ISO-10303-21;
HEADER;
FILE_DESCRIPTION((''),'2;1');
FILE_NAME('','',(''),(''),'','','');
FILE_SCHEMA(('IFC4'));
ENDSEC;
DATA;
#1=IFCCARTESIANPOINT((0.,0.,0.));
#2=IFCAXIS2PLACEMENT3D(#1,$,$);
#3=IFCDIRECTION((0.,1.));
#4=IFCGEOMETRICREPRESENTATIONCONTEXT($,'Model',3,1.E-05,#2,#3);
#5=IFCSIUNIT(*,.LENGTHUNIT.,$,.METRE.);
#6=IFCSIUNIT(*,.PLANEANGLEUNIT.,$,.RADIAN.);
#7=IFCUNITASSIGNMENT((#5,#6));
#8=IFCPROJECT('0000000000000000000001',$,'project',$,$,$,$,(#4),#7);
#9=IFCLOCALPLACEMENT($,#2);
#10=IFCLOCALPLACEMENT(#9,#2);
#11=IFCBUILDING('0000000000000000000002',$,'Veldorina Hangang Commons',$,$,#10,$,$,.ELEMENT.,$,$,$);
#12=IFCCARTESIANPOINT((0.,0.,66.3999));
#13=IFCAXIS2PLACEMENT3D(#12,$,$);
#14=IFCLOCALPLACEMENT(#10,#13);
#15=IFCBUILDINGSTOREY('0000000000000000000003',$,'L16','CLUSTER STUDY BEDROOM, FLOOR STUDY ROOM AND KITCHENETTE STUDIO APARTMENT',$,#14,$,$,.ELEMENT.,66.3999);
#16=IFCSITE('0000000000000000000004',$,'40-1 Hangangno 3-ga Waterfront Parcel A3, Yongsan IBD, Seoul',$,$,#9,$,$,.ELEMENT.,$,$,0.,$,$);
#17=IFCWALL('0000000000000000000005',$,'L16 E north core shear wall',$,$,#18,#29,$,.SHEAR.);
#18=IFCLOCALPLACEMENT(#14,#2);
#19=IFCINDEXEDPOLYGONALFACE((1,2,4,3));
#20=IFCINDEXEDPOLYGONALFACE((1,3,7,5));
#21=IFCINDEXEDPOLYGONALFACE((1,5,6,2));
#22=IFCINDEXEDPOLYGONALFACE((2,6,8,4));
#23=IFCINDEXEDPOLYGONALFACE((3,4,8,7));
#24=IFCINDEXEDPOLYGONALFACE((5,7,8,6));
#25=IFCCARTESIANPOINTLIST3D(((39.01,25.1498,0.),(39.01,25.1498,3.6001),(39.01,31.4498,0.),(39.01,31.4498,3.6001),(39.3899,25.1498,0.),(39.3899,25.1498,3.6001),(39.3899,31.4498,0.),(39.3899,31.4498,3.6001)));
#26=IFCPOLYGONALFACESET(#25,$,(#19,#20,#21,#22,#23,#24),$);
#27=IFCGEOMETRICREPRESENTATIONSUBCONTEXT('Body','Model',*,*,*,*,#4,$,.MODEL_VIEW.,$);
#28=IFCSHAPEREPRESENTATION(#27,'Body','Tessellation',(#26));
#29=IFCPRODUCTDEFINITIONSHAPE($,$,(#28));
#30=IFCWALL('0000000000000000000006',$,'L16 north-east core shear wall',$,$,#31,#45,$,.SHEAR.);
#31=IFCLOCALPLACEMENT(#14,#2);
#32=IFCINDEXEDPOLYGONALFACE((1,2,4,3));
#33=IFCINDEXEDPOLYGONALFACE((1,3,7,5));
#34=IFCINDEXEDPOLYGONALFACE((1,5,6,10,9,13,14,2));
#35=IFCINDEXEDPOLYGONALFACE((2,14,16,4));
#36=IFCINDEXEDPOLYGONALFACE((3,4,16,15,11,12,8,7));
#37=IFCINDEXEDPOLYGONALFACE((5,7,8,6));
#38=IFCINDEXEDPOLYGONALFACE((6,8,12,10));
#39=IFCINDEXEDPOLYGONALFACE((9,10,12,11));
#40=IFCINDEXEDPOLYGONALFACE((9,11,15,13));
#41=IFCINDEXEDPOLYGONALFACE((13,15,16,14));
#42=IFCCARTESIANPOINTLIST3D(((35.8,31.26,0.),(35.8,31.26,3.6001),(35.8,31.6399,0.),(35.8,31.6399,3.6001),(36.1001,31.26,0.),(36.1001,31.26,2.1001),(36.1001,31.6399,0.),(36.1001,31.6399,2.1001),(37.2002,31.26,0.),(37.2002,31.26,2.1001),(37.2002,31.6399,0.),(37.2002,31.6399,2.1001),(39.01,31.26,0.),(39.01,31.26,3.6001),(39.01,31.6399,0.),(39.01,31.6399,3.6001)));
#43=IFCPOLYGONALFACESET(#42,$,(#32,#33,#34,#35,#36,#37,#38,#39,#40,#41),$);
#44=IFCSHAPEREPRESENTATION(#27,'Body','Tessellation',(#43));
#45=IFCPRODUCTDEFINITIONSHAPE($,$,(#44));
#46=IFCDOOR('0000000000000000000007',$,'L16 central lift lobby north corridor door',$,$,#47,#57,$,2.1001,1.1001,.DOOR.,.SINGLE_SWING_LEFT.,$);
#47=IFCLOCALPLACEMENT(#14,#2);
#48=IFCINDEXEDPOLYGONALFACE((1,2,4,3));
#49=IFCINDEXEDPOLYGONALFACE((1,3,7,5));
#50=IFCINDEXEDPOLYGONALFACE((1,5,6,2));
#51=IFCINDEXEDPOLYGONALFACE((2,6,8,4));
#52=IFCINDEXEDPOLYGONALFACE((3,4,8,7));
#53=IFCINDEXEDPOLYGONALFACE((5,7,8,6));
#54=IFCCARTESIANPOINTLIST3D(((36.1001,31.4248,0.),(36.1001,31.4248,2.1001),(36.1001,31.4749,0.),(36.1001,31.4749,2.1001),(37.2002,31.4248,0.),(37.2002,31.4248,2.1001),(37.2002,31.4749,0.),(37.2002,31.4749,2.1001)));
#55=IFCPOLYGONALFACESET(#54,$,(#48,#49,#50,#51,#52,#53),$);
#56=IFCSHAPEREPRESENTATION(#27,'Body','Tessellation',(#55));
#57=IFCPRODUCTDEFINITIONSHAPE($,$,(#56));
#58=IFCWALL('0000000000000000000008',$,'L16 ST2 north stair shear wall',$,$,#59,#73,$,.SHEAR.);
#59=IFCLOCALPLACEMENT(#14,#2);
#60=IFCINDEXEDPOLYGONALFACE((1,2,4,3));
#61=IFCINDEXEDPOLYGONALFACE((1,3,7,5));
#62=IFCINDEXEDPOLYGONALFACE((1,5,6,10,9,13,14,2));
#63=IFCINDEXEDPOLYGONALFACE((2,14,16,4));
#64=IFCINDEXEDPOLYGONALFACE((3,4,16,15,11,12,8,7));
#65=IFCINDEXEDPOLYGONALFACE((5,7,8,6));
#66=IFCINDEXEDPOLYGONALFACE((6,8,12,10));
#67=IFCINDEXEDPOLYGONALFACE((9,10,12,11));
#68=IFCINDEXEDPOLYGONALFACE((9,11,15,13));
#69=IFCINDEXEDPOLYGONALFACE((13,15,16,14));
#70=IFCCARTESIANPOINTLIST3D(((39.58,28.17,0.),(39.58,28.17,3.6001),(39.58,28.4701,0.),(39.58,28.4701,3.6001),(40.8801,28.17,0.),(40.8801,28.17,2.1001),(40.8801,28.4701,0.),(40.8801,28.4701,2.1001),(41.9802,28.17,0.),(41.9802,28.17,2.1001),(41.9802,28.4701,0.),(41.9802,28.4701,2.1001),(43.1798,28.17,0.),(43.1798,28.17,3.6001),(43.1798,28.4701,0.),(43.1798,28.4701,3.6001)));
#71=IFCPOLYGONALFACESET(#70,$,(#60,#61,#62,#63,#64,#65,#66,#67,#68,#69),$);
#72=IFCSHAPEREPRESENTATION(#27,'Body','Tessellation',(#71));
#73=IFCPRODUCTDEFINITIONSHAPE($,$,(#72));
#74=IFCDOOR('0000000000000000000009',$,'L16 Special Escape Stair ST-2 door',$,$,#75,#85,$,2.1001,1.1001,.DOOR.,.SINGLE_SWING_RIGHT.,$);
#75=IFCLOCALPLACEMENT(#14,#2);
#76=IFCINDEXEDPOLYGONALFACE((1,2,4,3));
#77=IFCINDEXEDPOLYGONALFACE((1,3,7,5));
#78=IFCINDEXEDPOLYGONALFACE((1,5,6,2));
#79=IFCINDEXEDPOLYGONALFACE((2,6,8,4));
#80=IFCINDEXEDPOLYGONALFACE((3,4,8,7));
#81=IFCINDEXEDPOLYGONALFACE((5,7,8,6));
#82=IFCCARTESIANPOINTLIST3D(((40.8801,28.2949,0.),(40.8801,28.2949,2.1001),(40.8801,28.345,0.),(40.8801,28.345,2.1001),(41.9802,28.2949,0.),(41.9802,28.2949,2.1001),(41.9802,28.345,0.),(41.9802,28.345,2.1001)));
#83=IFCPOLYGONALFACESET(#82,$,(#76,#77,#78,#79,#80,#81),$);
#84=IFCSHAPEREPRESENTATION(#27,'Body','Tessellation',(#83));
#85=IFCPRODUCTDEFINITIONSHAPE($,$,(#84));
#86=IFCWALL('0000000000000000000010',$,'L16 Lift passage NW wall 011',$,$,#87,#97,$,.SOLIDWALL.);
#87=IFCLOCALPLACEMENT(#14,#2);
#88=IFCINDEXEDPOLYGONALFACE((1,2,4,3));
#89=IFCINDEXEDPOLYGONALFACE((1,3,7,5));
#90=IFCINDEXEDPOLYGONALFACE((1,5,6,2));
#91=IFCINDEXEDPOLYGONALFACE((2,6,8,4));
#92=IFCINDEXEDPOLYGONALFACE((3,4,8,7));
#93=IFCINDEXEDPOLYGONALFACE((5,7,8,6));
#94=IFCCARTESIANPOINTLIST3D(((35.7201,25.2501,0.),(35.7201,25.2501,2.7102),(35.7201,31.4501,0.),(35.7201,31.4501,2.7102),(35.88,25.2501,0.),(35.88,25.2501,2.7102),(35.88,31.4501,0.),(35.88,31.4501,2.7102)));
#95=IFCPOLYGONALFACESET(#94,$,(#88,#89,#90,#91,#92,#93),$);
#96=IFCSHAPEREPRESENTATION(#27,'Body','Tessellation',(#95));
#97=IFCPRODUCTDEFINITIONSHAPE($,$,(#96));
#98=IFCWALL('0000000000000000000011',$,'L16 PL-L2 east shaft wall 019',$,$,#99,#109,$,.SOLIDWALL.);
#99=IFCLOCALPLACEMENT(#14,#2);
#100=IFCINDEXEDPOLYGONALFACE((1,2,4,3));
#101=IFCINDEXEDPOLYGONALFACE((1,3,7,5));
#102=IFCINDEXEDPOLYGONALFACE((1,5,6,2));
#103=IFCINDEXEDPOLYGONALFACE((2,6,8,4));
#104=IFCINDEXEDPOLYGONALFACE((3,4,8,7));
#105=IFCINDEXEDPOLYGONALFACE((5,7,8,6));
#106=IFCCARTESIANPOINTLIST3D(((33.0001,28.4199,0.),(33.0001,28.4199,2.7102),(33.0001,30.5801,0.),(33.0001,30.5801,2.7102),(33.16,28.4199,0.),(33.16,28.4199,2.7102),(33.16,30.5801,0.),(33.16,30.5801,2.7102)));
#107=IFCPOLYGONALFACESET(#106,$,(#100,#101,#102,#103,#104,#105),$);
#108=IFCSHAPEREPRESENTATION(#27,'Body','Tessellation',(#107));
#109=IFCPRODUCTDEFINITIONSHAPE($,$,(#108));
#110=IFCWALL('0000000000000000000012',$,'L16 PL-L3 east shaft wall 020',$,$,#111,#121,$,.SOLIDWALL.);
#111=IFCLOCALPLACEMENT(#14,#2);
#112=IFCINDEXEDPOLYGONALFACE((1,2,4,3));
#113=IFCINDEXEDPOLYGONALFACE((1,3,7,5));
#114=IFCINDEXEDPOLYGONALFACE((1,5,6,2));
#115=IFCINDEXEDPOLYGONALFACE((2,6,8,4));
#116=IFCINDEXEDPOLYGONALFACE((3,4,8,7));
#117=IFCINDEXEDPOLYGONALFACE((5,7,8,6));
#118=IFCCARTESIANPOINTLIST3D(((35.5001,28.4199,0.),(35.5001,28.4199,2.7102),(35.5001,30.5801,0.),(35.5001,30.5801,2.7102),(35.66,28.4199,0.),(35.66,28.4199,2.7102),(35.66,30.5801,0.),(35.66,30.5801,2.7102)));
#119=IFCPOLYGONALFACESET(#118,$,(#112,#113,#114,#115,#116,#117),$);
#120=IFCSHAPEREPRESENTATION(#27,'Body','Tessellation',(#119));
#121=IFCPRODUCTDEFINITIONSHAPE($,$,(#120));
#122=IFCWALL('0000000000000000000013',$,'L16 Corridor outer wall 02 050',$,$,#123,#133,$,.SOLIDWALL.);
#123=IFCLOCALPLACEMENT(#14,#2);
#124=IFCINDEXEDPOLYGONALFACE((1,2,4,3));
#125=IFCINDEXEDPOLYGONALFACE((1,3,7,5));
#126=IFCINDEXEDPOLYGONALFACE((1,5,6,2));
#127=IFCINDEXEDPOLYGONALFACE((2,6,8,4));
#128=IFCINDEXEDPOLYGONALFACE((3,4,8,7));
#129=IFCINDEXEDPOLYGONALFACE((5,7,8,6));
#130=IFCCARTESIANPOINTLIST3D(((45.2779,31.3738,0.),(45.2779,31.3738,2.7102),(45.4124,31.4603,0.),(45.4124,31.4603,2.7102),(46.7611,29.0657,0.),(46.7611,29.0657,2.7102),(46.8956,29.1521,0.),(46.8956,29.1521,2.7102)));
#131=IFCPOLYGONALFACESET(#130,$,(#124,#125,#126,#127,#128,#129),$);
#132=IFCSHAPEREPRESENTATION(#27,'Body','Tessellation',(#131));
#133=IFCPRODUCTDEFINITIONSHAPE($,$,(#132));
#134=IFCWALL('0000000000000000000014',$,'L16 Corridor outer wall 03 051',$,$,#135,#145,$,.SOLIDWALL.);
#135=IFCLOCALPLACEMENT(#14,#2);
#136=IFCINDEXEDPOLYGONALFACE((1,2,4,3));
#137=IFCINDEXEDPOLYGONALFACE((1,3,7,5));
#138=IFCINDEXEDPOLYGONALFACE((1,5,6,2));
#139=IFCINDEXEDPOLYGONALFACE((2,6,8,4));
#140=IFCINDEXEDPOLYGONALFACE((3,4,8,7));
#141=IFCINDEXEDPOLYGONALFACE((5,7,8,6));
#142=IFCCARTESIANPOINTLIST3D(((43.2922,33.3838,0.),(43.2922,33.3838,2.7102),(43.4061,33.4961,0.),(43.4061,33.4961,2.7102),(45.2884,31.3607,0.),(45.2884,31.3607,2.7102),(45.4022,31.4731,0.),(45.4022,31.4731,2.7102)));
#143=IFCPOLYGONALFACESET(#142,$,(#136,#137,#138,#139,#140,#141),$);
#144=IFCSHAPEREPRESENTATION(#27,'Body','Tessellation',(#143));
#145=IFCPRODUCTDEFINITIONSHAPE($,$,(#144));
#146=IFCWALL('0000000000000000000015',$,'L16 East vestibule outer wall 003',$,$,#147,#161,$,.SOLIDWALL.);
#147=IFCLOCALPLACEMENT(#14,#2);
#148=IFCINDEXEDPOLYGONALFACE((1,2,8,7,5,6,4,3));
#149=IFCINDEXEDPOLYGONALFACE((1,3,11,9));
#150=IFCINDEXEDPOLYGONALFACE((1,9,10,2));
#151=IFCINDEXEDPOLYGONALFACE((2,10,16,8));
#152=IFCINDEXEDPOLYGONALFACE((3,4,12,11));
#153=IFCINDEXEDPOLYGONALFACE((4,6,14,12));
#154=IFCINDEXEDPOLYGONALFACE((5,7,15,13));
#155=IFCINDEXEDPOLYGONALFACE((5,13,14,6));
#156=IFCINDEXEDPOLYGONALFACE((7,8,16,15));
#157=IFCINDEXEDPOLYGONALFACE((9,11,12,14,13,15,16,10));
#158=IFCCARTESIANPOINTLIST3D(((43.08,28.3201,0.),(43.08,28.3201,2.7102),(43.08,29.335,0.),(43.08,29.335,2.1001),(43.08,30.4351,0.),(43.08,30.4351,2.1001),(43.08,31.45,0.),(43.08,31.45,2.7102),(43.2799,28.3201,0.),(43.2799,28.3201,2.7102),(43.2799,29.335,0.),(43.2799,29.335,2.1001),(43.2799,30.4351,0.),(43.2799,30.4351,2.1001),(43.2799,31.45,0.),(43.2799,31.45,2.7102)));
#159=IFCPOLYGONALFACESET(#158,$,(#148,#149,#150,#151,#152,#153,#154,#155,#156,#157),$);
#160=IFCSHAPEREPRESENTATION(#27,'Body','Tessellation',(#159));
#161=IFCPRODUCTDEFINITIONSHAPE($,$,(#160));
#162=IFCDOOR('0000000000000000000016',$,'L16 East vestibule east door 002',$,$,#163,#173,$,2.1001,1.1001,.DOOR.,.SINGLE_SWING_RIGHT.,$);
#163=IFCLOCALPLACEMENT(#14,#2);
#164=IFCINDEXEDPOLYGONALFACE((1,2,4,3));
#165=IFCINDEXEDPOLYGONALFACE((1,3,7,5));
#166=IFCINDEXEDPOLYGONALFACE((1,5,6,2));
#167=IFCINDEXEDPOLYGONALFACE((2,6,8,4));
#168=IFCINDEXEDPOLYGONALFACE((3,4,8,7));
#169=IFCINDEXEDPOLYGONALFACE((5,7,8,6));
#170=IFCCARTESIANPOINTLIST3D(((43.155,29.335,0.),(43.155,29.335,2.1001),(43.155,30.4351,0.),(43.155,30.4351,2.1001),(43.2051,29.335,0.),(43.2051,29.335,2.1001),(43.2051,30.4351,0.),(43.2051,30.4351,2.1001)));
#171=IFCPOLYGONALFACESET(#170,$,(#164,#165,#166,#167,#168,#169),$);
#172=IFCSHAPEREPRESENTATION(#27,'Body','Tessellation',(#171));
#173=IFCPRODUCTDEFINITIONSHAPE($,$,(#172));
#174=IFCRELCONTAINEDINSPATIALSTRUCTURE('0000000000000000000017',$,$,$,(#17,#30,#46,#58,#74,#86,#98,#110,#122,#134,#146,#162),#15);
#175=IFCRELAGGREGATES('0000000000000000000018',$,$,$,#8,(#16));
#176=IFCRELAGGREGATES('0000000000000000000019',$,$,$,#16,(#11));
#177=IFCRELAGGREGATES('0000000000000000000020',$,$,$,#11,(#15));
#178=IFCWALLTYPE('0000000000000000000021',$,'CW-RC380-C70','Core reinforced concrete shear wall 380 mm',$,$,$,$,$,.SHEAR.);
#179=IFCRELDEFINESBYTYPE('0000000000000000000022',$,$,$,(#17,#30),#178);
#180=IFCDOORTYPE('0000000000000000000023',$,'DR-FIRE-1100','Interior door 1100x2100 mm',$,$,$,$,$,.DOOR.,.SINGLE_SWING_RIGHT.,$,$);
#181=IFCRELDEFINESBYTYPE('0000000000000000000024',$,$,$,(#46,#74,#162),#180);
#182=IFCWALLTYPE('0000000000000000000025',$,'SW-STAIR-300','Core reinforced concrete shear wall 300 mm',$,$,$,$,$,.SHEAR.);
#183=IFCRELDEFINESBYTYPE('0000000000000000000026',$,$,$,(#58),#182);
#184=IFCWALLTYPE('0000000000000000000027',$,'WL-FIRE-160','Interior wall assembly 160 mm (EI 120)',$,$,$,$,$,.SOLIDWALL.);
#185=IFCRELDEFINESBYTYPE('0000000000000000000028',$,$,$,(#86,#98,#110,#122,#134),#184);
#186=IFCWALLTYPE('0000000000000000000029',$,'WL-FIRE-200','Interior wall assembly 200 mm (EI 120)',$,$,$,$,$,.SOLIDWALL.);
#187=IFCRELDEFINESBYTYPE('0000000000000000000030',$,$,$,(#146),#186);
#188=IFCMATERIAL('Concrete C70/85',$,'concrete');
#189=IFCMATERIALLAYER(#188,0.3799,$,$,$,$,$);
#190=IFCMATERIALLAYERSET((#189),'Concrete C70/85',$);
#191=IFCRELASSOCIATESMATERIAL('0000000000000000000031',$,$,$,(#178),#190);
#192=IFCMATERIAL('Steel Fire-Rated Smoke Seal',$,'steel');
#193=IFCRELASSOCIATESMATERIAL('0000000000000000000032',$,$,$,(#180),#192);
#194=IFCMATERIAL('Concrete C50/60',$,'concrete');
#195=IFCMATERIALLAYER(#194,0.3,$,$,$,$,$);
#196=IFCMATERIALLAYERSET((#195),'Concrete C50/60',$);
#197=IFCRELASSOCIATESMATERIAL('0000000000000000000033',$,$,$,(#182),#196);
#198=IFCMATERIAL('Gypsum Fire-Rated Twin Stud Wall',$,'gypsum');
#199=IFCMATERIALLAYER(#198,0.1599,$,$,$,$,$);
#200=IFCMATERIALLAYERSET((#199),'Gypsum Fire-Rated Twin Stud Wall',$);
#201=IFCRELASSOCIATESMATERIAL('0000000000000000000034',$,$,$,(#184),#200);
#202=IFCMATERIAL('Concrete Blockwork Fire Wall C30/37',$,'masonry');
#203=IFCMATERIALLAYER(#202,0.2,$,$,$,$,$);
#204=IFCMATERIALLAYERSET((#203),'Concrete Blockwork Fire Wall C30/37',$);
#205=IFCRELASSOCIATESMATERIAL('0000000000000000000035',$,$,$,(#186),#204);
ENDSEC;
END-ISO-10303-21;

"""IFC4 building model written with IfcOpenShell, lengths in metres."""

from ifc_helpers import new_model, si_unit, direction, frame, frame_2d, origin, place, context, subcontext, project, spatial, rectangle, extrude, material, layer, layer_set, type_object, element, fill, save


model = new_model("IFC4")

# Units and contexts
model_context = context("Model", 3, precision=1e-05, world=origin(), true_north=direction((0.0, 1.0)))
body_context = subcontext(model_context, "Body", "Model", "MODEL_VIEW")
ifc_project = project(units=[si_unit("LENGTHUNIT", "METRE"), si_unit("PLANEANGLEUNIT", "RADIAN")], contexts=[model_context])

# Site, building, storey
site_placement = place(None, origin())
site = spatial("IfcSite", under=ifc_project, at=site_placement, Name="40-1 Hangangno 3-ga Waterfront Parcel A3, Yongsan IBD, Seoul", CompositionType="ELEMENT", RefElevation=0.0)
building_placement = place(site_placement, origin())
building = spatial("IfcBuilding", under=site, at=building_placement, Name="Veldorina Hangang Commons", CompositionType="ELEMENT")
storey_placement = place(building_placement, frame((0.0, 0.0, 66.3999)))
storey = spatial("IfcBuildingStorey", under=building, at=storey_placement, Name="L16", Description="CLUSTER STUDY BEDROOM, FLOOR STUDY ROOM AND KITCHENETTE STUDIO APARTMENT", CompositionType="ELEMENT", Elevation=66.3999)

# Wall
ifc_material_1 = material(Name="Concrete C70/85", Category="concrete")
ifc_layer_1 = layer(ifc_material_1, 0.3799)
ifc_layer_set_1 = layer_set([ifc_layer_1], Name="Concrete C70/85")
wall_type_1 = type_object("IfcWallType", Name="CW-RC380-C70", Description="Core reinforced concrete shear wall 380 mm", PredefinedType="SHEAR", material=ifc_layer_set_1)
wall_1_placement = place(storey_placement, frame((39.2, 25.1499, 0.0), z_axis=(0.0, 0.0, 1.0), x_axis=(0.0, 1.0, 0.0)))
element("IfcWall", 1, at=wall_1_placement, inside=storey, type_object=wall_type_1, Name="L16 E north core shear wall", PredefinedType="SHEAR", context=body_context, shape_type="SweptSolid", body=[
    extrude(rectangle(XDim=6.3, YDim=0.3799, at=frame_2d((3.1499, 0.0))), origin(), (0.0, 0.0, 1.0), 3.6001),
])

# Walls, openings, doors
wall_2_placement = place(storey_placement, frame((35.8, 31.45, 0.0), z_axis=(0.0, 0.0, 1.0), x_axis=(1.0, 0.0, 0.0)))
wall_2 = element("IfcWall", 2, at=wall_2_placement, inside=storey, type_object=wall_type_1, Name="L16 north-east core shear wall", PredefinedType="SHEAR", context=body_context, shape_type="SweptSolid", body=[
    extrude(rectangle(XDim=3.21, YDim=0.3799, at=frame_2d((1.605, 0.0))), origin(), (0.0, 0.0, 1.0), 3.6001),
])
opening_1_placement = place(wall_2_placement, frame((0.3, 0.0, 0.0)))
opening_1 = element("IfcOpeningElement", 3, at=opening_1_placement, cuts=wall_2, PredefinedType="OPENING", context=body_context, shape_type="SweptSolid", body=[
    extrude(rectangle(XDim=1.1001, YDim=2.1001, at=frame_2d((0.55, 1.05))), frame((0.0, 0.2, 0.0), z_axis=(0.0, -1.0, 0.0), x_axis=(1.0, 0.0, 0.0)), (0.0, 0.0, 1.0), 0.3999),
])
ifc_material_2 = material(Name="Steel Fire-Rated Smoke Seal", Category="steel")
door_type_1 = type_object("IfcDoorType", Name="DR-FIRE-1100", Description="Interior door 1100x2100 mm", OperationType="SINGLE_SWING_RIGHT", PredefinedType="DOOR", material=ifc_material_2)
door_1_placement = place(opening_1_placement, origin())
door_1 = element("IfcDoor", 4, at=door_1_placement, inside=storey, type_object=door_type_1, Name="L16 central lift lobby north corridor door", OperationType="SINGLE_SWING_LEFT", OverallHeight=2.1001, OverallWidth=1.1001, PredefinedType="DOOR", context=body_context, shape_type="SweptSolid", body=[
    extrude(rectangle(XDim=1.1001, YDim=2.1001, at=frame_2d((0.55, 1.05))), frame((0.0, 0.0249, 0.0), z_axis=(0.0, -1.0, 0.0), x_axis=(1.0, 0.0, 0.0)), (0.0, 0.0, 1.0), 0.05),
])
fill(opening_1, door_1)
ifc_material_3 = material(Name="Concrete C50/60", Category="concrete")
ifc_layer_2 = layer(ifc_material_3, 0.3)
ifc_layer_set_2 = layer_set([ifc_layer_2], Name="Concrete C50/60")
wall_type_2 = type_object("IfcWallType", Name="SW-STAIR-300", Description="Core reinforced concrete shear wall 300 mm", PredefinedType="SHEAR", material=ifc_layer_set_2)
wall_3_placement = place(storey_placement, frame((39.5801, 28.3201, 0.0), z_axis=(0.0, 0.0, 1.0), x_axis=(1.0, 0.0, 0.0)))
wall_3 = element("IfcWall", 5, at=wall_3_placement, inside=storey, type_object=wall_type_2, Name="L16 ST2 north stair shear wall", PredefinedType="SHEAR", context=body_context, shape_type="SweptSolid", body=[
    extrude(rectangle(XDim=3.5999, YDim=0.3, at=frame_2d((1.7998, 0.0))), origin(), (0.0, 0.0, 1.0), 3.6001),
])
opening_2_placement = place(wall_3_placement, frame((1.3, 0.0, 0.0)))
opening_2 = element("IfcOpeningElement", 6, at=opening_2_placement, cuts=wall_3, PredefinedType="OPENING", context=body_context, shape_type="SweptSolid", body=[
    extrude(rectangle(XDim=1.1001, YDim=2.1001, at=frame_2d((0.55, 1.05))), frame((0.0, 0.1602, 0.0), z_axis=(0.0, -1.0, 0.0), x_axis=(1.0, 0.0, 0.0)), (0.0, 0.0, 1.0), 0.3201),
])
door_2_placement = place(opening_2_placement, origin())
door_2 = element("IfcDoor", 7, at=door_2_placement, inside=storey, type_object=door_type_1, Name="L16 Special Escape Stair ST-2 door", OperationType="SINGLE_SWING_RIGHT", OverallHeight=2.1001, OverallWidth=1.1001, PredefinedType="DOOR", context=body_context, shape_type="SweptSolid", body=[
    extrude(rectangle(XDim=1.1001, YDim=2.1001, at=frame_2d((0.55, 1.05))), frame((0.0, 0.0249, 0.0), z_axis=(0.0, -1.0, 0.0), x_axis=(1.0, 0.0, 0.0)), (0.0, 0.0, 1.0), 0.05),
])
fill(opening_2, door_2)

# Walls
ifc_material_4 = material(Name="Gypsum Fire-Rated Twin Stud Wall", Category="gypsum")
ifc_layer_3 = layer(ifc_material_4, 0.1599)
ifc_layer_set_3 = layer_set([ifc_layer_3], Name="Gypsum Fire-Rated Twin Stud Wall")
wall_type_3 = type_object("IfcWallType", Name="WL-FIRE-160", Description="Interior wall assembly 160 mm (EI 120)", PredefinedType="SOLIDWALL", material=ifc_layer_set_3)
wall_4_placement = place(storey_placement, frame((35.8, 25.25, 0.0), z_axis=(0.0, 0.0, 1.0), x_axis=(0.0, 1.0, 0.0)))
element("IfcWall", 8, at=wall_4_placement, inside=storey, type_object=wall_type_3, Name="L16 Lift passage NW wall 011", PredefinedType="SOLIDWALL", context=body_context, shape_type="SweptSolid", body=[
    extrude(rectangle(XDim=6.2, YDim=0.1599, at=frame_2d((3.1001, 0.0))), origin(), (0.0, 0.0, 1.0), 2.7102),
])
for number, where, z_axis, x_axis, name in (
    (9, (33.0801, 28.4199, 0.0), (0.0, 0.0, 1.0), (0.0, 1.0, 0.0), "L16 PL-L2 east shaft wall 019"),
    (10, (35.5801, 28.4199, 0.0), (0.0, 0.0, 1.0), (0.0, 1.0, 0.0), "L16 PL-L3 east shaft wall 020"),
):
    element("IfcWall", number, at=place(storey_placement, frame(where, z_axis=z_axis, x_axis=x_axis)), inside=storey, type_object=wall_type_3, Name=name, PredefinedType="SOLIDWALL", context=body_context, shape_type="SweptSolid", body=[
        extrude(rectangle(XDim=2.1602, YDim=0.1599, at=frame_2d((1.0801, 0.0))), origin(), (0.0, 0.0, 1.0), 2.7102),
    ])
wall_5_placement = place(storey_placement, frame((46.8284, 29.1089, 0.0), z_axis=(0.0, 0.0, 1.0), x_axis=(-0.540596, 0.841283, 0.0)))
element("IfcWall", 11, at=wall_5_placement, inside=storey, type_object=wall_type_3, Name="L16 Corridor outer wall 02 050", PredefinedType="SOLIDWALL", context=body_context, shape_type="SweptSolid", body=[
    extrude(rectangle(XDim=2.7437, YDim=0.1599, at=frame_2d((1.3718, 0.0))), origin(), (0.0, 0.0, 1.0), 2.7102),
])
wall_6_placement = place(storey_placement, frame((45.3452, 31.417, 0.0), z_axis=(0.0, 0.0, 1.0), x_axis=(-0.702366, 0.711816, 0.0)))
element("IfcWall", 12, at=wall_6_placement, inside=storey, type_object=wall_type_3, Name="L16 Corridor outer wall 03 051", PredefinedType="SOLIDWALL", context=body_context, shape_type="SweptSolid", body=[
    extrude(rectangle(XDim=2.842, YDim=0.1599, at=frame_2d((1.4209, 0.0))), origin(), (0.0, 0.0, 1.0), 2.7102),
])

# Wall, opening, door
ifc_material_5 = material(Name="Concrete Blockwork Fire Wall C30/37", Category="masonry")
ifc_layer_4 = layer(ifc_material_5, 0.2)
ifc_layer_set_4 = layer_set([ifc_layer_4], Name="Concrete Blockwork Fire Wall C30/37")
wall_type_4 = type_object("IfcWallType", Name="WL-FIRE-200", Description="Interior wall assembly 200 mm (EI 120)", PredefinedType="SOLIDWALL", material=ifc_layer_set_4)
wall_7_placement = place(storey_placement, frame((43.1799, 28.3201, 0.0), z_axis=(0.0, 0.0, 1.0), x_axis=(0.0, 1.0, 0.0)))
wall_7 = element("IfcWall", 13, at=wall_7_placement, inside=storey, type_object=wall_type_4, Name="L16 East vestibule outer wall 003", PredefinedType="SOLIDWALL", context=body_context, shape_type="SweptSolid", body=[
    extrude(rectangle(XDim=3.1299, YDim=0.2, at=frame_2d((1.5649, 0.0))), origin(), (0.0, 0.0, 1.0), 2.7102),
])
opening_3_placement = place(wall_7_placement, frame((1.0149, 0.0, 0.0)))
opening_3 = element("IfcOpeningElement", 14, at=opening_3_placement, cuts=wall_7, PredefinedType="OPENING", context=body_context, shape_type="SweptSolid", body=[
    extrude(rectangle(XDim=1.1001, YDim=2.1001, at=frame_2d((0.55, 1.05))), frame((0.0, 0.1099, 0.0), z_axis=(0.0, -1.0, 0.0), x_axis=(1.0, 0.0, 0.0)), (0.0, 0.0, 1.0), 0.22),
])
door_3_placement = place(opening_3_placement, origin())
door_3 = element("IfcDoor", 15, at=door_3_placement, inside=storey, type_object=door_type_1, Name="L16 East vestibule east door 002", OperationType="SINGLE_SWING_RIGHT", OverallHeight=2.1001, OverallWidth=1.1001, PredefinedType="DOOR", context=body_context, shape_type="SweptSolid", body=[
    extrude(rectangle(XDim=1.1001, YDim=2.1001, at=frame_2d((0.55, 1.05))), frame((0.0, 0.0249, 0.0), z_axis=(0.0, -1.0, 0.0), x_axis=(1.0, 0.0, 0.0)), (0.0, 0.0, 1.0), 0.05),
])
fill(opening_3, door_3)

save(model, "model.ifc")
